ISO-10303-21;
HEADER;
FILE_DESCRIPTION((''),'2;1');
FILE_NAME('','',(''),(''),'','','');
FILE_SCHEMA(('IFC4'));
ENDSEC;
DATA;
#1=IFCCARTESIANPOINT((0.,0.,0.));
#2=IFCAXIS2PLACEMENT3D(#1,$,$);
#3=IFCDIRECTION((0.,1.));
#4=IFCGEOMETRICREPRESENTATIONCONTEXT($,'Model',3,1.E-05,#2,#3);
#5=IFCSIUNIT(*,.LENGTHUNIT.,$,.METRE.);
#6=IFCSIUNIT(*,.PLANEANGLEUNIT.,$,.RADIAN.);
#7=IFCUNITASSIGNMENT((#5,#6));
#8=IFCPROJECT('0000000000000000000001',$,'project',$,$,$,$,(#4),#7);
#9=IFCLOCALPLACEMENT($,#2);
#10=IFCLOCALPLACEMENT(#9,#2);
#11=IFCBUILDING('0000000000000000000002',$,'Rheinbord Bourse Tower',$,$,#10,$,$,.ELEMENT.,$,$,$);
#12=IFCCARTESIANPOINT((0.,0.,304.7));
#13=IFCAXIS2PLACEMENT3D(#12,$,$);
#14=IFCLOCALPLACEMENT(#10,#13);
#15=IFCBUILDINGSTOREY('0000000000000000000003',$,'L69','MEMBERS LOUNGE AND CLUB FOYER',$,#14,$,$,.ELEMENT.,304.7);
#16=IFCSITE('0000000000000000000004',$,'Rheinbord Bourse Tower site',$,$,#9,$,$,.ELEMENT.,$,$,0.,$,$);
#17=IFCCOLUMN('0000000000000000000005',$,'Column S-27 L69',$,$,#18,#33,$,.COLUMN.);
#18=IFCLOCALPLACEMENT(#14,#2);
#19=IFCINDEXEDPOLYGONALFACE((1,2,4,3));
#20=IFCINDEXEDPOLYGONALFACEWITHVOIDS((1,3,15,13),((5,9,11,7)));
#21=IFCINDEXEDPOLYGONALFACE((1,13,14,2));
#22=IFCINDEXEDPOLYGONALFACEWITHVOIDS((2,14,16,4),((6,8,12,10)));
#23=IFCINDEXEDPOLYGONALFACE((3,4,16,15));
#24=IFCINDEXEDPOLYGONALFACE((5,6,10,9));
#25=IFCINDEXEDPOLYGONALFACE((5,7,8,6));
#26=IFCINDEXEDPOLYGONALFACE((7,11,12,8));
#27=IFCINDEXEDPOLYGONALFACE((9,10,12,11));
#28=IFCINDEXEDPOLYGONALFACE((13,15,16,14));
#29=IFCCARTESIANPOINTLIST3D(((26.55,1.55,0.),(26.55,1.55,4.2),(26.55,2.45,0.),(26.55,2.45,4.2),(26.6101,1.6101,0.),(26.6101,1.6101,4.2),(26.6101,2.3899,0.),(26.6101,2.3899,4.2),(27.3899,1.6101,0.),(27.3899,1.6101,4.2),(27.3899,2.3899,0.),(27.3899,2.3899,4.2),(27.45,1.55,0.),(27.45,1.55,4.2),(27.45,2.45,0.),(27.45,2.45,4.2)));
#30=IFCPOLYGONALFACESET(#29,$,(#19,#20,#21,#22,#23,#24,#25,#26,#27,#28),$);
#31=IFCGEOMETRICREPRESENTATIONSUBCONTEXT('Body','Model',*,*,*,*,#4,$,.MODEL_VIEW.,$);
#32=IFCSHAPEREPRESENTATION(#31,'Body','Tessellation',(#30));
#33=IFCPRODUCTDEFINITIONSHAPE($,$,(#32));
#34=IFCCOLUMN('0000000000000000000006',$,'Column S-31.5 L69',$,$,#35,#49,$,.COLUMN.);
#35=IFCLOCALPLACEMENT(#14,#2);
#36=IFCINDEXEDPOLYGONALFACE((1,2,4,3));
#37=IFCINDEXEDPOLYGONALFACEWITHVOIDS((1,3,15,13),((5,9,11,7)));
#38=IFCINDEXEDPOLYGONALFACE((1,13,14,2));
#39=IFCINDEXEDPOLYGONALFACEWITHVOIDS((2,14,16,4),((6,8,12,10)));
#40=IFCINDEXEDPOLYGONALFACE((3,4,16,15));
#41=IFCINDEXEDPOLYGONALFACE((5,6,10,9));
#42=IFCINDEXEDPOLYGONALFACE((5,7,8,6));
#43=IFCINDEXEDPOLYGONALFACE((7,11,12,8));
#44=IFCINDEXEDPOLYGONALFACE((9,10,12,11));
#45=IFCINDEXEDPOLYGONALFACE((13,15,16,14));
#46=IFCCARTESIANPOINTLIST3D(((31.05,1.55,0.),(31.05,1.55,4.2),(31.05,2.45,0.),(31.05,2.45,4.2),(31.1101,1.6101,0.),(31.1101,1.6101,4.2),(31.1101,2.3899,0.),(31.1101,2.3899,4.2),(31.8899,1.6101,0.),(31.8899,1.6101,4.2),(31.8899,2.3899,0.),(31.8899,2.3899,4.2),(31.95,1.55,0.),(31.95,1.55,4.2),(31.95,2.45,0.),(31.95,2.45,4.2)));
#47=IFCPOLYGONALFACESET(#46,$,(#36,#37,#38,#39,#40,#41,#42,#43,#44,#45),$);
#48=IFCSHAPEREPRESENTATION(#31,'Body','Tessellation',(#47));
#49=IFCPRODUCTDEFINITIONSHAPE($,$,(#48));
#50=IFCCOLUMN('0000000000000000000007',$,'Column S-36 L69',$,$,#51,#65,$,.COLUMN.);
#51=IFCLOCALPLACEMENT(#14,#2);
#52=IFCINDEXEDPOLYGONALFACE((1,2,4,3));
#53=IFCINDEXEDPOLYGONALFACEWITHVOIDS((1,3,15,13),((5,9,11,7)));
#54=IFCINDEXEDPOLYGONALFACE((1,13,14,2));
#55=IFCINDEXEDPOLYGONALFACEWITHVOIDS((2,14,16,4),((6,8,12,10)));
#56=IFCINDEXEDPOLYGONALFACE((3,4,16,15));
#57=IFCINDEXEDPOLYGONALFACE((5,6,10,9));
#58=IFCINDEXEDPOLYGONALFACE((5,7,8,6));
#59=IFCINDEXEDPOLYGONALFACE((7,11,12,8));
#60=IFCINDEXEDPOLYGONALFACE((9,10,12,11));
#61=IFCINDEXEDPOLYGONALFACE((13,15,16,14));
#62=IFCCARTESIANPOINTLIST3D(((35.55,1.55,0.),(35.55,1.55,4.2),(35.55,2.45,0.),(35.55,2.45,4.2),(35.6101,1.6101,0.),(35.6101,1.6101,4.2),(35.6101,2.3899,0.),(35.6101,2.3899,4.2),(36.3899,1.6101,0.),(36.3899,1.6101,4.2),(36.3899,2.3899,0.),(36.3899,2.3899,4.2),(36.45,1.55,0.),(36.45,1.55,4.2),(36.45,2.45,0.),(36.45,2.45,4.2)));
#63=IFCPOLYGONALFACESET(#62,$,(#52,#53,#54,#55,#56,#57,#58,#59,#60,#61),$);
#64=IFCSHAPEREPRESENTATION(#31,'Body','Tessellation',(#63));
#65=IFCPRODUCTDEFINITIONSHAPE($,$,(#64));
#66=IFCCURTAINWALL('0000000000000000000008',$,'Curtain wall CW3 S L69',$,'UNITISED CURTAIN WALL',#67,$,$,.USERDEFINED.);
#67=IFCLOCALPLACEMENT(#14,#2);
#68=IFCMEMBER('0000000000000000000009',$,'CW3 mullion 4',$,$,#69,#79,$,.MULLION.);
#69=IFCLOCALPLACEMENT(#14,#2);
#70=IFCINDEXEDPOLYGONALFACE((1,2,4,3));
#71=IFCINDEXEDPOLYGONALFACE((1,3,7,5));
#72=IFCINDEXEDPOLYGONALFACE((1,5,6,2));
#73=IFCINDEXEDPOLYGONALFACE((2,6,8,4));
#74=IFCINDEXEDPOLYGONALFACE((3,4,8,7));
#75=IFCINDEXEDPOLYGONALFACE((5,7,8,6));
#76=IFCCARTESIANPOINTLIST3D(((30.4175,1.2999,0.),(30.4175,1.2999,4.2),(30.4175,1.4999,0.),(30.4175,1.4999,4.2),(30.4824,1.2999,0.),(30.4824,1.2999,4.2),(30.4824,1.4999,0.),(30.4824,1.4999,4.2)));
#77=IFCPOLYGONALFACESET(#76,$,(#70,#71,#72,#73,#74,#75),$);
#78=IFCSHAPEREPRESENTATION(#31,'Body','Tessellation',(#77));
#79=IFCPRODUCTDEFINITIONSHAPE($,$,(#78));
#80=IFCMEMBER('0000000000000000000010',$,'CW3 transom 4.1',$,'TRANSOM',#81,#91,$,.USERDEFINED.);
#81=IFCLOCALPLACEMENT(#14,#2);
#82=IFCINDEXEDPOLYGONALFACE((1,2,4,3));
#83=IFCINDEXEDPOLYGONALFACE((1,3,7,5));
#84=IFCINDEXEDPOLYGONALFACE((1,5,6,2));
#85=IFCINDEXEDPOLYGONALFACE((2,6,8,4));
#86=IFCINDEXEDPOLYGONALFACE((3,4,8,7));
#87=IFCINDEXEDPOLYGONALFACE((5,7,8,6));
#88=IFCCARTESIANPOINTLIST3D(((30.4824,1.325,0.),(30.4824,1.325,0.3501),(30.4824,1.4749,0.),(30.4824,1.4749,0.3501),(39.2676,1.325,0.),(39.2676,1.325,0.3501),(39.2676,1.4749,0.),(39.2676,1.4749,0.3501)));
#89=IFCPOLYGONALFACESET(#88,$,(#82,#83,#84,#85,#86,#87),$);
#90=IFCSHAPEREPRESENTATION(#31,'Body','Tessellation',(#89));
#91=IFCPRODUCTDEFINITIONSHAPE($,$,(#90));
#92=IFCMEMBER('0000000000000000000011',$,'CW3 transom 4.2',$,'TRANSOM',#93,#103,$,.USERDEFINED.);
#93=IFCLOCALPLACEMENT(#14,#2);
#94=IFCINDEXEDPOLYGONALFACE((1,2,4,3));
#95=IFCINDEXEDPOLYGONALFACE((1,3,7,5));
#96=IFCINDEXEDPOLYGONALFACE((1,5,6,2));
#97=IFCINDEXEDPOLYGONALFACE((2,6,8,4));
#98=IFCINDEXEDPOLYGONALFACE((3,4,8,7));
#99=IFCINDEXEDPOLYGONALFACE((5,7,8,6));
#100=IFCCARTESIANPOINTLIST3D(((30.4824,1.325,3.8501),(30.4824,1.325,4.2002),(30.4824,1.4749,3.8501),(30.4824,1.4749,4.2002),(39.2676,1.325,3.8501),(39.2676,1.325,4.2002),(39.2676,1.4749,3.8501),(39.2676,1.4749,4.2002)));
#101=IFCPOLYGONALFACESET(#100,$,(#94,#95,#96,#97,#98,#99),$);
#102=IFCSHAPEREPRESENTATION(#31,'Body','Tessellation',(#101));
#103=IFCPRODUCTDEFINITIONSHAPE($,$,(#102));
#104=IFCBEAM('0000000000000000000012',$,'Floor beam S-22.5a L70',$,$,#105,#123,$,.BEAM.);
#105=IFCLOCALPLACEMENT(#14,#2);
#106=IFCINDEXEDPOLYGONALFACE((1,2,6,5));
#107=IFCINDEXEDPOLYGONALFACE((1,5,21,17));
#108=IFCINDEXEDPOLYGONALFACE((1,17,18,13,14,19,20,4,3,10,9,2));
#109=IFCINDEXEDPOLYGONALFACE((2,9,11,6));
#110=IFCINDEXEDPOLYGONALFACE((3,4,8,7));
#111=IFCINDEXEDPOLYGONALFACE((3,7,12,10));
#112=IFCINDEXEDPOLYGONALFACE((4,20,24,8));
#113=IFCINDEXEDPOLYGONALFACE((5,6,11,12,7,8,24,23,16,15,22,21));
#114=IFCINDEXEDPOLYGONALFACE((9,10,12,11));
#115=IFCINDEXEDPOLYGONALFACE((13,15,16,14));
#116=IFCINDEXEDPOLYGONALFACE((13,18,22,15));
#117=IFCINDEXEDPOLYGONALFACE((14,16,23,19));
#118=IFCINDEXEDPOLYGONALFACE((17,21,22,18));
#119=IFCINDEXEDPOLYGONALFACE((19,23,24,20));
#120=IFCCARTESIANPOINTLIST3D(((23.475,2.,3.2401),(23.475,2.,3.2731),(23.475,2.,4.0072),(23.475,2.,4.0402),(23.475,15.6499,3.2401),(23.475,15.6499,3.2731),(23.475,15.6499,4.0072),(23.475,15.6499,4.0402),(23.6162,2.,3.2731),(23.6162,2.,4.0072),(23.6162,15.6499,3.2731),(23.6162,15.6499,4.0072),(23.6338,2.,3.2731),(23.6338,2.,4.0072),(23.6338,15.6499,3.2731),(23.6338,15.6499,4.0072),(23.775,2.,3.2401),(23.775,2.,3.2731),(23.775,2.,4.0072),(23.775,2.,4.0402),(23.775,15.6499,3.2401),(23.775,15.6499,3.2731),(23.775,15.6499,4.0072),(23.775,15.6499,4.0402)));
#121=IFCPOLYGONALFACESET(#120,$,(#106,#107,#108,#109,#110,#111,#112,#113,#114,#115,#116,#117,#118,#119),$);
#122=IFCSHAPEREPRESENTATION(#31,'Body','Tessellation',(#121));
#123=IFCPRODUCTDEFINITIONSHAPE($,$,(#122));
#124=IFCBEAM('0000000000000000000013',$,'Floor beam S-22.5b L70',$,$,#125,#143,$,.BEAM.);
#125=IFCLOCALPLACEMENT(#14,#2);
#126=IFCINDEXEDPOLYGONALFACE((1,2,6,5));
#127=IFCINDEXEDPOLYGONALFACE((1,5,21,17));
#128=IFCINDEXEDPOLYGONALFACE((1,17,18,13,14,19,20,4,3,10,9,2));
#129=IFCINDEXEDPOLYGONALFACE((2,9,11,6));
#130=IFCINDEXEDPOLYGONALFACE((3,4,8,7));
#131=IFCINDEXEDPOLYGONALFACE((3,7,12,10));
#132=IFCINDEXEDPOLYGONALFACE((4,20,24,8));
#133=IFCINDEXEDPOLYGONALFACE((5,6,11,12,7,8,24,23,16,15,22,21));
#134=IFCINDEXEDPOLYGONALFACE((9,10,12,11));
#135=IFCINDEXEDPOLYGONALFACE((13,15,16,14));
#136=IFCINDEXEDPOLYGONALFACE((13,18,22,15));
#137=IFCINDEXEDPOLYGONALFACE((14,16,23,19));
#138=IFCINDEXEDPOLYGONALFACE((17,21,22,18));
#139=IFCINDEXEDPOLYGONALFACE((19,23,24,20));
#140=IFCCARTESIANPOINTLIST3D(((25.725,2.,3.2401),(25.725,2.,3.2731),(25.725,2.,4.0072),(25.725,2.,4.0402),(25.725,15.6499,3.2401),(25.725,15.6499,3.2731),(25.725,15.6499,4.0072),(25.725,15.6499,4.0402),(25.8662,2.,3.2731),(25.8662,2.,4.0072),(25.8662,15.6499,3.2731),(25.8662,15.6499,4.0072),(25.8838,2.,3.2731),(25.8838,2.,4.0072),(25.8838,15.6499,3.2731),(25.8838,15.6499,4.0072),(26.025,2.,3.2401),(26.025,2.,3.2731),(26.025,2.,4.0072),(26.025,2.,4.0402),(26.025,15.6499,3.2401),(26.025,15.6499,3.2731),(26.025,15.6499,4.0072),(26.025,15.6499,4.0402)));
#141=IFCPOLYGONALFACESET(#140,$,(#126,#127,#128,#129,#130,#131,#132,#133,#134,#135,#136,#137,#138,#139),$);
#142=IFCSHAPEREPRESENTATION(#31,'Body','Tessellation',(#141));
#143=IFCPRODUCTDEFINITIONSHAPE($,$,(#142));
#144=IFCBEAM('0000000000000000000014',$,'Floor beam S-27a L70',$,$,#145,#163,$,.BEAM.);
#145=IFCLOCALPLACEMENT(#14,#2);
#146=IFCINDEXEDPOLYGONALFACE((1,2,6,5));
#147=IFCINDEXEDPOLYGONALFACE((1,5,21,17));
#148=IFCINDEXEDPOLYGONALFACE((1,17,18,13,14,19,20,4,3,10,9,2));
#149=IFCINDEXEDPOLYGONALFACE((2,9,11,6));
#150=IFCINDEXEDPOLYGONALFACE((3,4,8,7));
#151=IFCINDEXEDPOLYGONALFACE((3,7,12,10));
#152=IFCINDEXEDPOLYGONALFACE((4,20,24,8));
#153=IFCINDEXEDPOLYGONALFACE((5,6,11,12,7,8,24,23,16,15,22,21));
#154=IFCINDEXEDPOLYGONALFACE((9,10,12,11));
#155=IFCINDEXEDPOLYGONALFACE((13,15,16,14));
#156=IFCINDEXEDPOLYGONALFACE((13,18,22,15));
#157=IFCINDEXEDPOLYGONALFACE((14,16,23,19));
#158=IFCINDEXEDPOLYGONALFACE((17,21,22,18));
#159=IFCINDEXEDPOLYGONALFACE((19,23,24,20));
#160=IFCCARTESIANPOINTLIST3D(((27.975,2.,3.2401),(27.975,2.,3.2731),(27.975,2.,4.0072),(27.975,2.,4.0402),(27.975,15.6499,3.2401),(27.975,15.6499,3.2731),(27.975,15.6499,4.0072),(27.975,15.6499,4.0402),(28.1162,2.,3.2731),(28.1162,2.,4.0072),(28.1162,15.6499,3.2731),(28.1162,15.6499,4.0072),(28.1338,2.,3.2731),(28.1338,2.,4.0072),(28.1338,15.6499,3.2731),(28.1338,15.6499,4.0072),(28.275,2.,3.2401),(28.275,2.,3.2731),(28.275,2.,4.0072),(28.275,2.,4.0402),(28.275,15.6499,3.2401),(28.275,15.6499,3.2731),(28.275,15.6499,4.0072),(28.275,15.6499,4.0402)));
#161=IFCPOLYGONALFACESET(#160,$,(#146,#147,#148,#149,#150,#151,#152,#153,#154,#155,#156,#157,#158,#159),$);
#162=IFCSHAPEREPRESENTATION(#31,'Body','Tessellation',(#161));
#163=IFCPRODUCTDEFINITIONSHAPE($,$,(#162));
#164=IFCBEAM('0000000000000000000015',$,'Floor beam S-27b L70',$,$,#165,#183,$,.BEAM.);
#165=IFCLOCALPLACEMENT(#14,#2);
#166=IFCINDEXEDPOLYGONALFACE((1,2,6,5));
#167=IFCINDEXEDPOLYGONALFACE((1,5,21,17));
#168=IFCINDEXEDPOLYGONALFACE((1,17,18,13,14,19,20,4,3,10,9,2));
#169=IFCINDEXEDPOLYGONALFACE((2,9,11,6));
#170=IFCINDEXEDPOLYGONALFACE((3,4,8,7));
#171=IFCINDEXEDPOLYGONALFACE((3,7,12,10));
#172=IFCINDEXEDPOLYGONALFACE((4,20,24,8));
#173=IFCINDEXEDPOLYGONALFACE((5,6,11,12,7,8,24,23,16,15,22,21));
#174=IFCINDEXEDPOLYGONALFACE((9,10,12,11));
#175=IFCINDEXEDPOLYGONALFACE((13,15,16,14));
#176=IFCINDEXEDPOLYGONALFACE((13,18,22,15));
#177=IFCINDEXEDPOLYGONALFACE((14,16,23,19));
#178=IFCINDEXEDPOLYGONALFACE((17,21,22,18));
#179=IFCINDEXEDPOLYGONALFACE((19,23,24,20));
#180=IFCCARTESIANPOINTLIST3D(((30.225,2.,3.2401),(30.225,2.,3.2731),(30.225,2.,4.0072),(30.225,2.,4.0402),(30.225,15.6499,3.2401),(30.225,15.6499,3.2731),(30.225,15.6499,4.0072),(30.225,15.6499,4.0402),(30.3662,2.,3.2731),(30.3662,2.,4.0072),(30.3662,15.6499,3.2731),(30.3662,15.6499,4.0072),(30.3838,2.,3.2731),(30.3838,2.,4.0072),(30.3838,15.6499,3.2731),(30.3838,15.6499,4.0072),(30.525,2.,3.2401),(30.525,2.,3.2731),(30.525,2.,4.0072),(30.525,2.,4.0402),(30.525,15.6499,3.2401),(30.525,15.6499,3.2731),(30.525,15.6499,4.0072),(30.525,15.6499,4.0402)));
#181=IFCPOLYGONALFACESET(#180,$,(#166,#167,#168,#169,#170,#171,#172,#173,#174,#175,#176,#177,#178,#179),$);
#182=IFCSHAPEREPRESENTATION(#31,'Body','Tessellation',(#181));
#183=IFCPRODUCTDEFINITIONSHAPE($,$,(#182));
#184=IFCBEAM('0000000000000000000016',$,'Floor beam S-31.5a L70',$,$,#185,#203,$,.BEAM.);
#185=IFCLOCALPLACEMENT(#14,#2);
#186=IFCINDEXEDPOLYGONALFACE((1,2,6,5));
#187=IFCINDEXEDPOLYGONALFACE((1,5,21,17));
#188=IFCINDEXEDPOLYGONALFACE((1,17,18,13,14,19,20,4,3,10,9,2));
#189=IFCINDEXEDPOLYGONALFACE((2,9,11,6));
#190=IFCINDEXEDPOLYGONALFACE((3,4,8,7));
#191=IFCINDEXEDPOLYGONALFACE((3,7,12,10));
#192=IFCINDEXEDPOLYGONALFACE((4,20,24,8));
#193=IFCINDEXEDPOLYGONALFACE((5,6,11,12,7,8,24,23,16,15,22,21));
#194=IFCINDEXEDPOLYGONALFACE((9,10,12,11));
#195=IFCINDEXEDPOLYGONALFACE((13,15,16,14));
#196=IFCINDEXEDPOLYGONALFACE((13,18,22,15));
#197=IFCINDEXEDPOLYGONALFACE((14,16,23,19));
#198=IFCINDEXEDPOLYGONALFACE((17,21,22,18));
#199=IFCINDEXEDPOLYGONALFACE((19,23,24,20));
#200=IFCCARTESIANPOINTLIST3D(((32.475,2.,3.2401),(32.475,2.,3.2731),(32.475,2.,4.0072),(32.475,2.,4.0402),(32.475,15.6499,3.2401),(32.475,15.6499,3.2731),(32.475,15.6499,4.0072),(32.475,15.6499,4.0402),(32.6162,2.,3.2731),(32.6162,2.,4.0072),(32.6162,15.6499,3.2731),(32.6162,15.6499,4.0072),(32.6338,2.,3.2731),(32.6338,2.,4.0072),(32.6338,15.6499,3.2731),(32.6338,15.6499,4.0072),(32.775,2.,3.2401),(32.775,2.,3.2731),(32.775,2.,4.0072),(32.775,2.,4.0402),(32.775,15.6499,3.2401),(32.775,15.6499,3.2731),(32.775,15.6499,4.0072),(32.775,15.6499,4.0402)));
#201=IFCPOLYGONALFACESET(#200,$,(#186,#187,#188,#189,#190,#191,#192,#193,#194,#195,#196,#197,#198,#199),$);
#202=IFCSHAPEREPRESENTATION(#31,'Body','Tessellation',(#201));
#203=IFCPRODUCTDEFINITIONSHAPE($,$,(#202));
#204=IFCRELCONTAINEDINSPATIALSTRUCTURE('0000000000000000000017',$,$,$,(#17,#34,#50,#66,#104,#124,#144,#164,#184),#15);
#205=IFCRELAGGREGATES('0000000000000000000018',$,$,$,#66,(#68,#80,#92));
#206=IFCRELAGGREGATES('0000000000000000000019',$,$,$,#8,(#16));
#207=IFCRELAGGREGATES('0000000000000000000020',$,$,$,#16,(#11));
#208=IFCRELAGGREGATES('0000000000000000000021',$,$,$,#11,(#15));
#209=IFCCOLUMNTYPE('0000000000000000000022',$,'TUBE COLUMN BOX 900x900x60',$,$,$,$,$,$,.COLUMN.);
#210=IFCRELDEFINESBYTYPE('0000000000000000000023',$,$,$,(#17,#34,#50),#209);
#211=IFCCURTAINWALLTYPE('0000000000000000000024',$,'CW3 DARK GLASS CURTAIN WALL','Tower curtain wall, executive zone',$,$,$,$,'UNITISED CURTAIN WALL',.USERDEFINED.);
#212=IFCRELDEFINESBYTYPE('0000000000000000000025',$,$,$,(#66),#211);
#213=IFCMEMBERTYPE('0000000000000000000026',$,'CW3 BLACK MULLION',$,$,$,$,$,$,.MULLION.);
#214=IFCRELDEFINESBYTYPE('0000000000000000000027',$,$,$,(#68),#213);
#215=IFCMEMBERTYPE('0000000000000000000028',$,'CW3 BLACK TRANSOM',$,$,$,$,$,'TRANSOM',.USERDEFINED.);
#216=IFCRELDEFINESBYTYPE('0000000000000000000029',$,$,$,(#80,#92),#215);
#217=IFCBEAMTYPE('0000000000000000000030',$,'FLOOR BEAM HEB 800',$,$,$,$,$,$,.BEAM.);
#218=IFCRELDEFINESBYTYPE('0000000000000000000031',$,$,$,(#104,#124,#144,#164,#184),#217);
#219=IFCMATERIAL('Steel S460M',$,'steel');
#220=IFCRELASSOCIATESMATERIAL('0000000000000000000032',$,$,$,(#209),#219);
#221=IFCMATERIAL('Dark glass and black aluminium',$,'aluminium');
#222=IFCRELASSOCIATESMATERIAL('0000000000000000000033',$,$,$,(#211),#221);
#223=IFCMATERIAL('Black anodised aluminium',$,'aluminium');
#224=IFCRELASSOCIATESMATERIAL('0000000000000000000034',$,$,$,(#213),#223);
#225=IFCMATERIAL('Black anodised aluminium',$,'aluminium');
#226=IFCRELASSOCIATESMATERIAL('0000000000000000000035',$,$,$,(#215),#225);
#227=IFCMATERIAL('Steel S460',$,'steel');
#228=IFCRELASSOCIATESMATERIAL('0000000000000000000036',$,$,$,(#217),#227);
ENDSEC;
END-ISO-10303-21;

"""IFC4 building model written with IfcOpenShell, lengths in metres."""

from ifc_helpers import new_model, si_unit, direction, frame, origin, origin_2d, place, context, subcontext, project, spatial, rectangle, hollow_rectangle, i_section, extrude, material, material_profile, profile_set, type_object, element, aggregate, save


model = new_model("IFC4")

# Units and contexts
model_context = context("Model", 3, precision=1e-05, world=origin(), true_north=direction((0.0, 1.0)))
body_context = subcontext(model_context, "Body", "Model", "MODEL_VIEW")
ifc_project = project(units=[si_unit("LENGTHUNIT", "METRE"), si_unit("PLANEANGLEUNIT", "RADIAN")], contexts=[model_context])

# Site, building, storey
site_placement = place(None, origin())
site = spatial("IfcSite", under=ifc_project, at=site_placement, Name="Rheinbord Bourse Tower site", CompositionType="ELEMENT", RefElevation=0.0)
building_placement = place(site_placement, origin())
building = spatial("IfcBuilding", under=site, at=building_placement, Name="Rheinbord Bourse Tower", CompositionType="ELEMENT")
storey_placement = place(building_placement, frame((0.0, 0.0, 304.7)))
storey = spatial("IfcBuildingStorey", under=building, at=storey_placement, Name="L69", Description="MEMBERS LOUNGE AND CLUB FOYER", CompositionType="ELEMENT", Elevation=304.7)

# Columns
ifc_material_1 = material(Name="Steel S460M", Category="steel")
ifc_material_profile_1 = material_profile(ifc_material_1, hollow_rectangle(XDim=0.8999, YDim=0.8999, WallThickness=0.0601, at=origin_2d()), Name="BOX 900x900x60")
ifc_profile_set_1 = profile_set([ifc_material_profile_1], Name="Steel S460M")
column_type = type_object("IfcColumnType", Name="TUBE COLUMN BOX 900x900x60", PredefinedType="COLUMN", material=ifc_profile_set_1)
for number, where, z_axis, x_axis, name in (
    (1, (27.0, 2.0, 0.0), (0.0, 0.0, 1.0), (0.0, 1.0, 0.0), "Column S-27 L69"),
    (2, (31.5, 2.0, 0.0), (0.0, 0.0, 1.0), (0.0, 1.0, 0.0), "Column S-31.5 L69"),
    (3, (36.0, 2.0, 0.0), (0.0, 0.0, 1.0), (0.0, 1.0, 0.0), "Column S-36 L69"),
):
    element("IfcColumn", number, at=place(storey_placement, frame(where, z_axis=z_axis, x_axis=x_axis)), inside=storey, type_object=column_type, Name=name, PredefinedType="COLUMN", context=body_context, shape_type="SweptSolid", body=[
        extrude(hollow_rectangle(XDim=0.8999, YDim=0.8999, WallThickness=0.0601, at=origin_2d()), origin(), (0.0, 0.0, 1.0), 4.2),
    ])

# Curtain wall, members
ifc_material_2 = material(Name="Dark glass and black aluminium", Category="aluminium")
curtain_wall_type = type_object("IfcCurtainWallType", Name="CW3 DARK GLASS CURTAIN WALL", Description="Tower curtain wall, executive zone", ElementType="UNITISED CURTAIN WALL", PredefinedType="USERDEFINED", material=ifc_material_2)
curtain_wall_placement = place(storey_placement, origin())
curtain_wall = element("IfcCurtainWall", 4, at=curtain_wall_placement, inside=storey, type_object=curtain_wall_type, Name="Curtain wall CW3 S L69", ObjectType="UNITISED CURTAIN WALL", PredefinedType="USERDEFINED")
ifc_material_3 = material(Name="Black anodised aluminium", Category="aluminium")
ifc_material_profile_2 = material_profile(ifc_material_3, rectangle(XDim=0.2, YDim=0.0649, at=origin_2d()), Name="CW3 MULLION 65x200")
ifc_profile_set_2 = profile_set([ifc_material_profile_2], Name="Black anodised aluminium")
member_type_1 = type_object("IfcMemberType", Name="CW3 BLACK MULLION", PredefinedType="MULLION", material=ifc_profile_set_2)
member_1_placement = place(storey_placement, frame((30.45, 1.3999, 0.0), z_axis=(0.0, 0.0, 1.0), x_axis=(0.0, 1.0, 0.0)))
member_1 = element("IfcMember", 5, at=member_1_placement, type_object=member_type_1, Name="CW3 mullion 4", PredefinedType="MULLION", context=body_context, shape_type="SweptSolid", body=[
    extrude(rectangle(XDim=0.2, YDim=0.0649, at=origin_2d()), origin(), (0.0, 0.0, 1.0), 4.2),
])
ifc_material_4 = material(Name="Black anodised aluminium", Category="aluminium")
ifc_material_profile_3 = material_profile(ifc_material_4, rectangle(XDim=0.1499, YDim=0.3501, at=origin_2d()), Name="CW3 TRANSOM 350x150")
ifc_profile_set_3 = profile_set([ifc_material_profile_3], Name="Black anodised aluminium")
member_type_2 = type_object("IfcMemberType", Name="CW3 BLACK TRANSOM", ElementType="TRANSOM", PredefinedType="USERDEFINED", material=ifc_profile_set_3)
member_2_placement = place(storey_placement, frame((30.4824, 1.3999, 0.175), z_axis=(1.0, 0.0, 0.0), x_axis=(0.0, 1.0, 0.0)))
member_2 = element("IfcMember", 6, at=member_2_placement, type_object=member_type_2, Name="CW3 transom 4.1", ObjectType="TRANSOM", PredefinedType="USERDEFINED", context=body_context, shape_type="SweptSolid", body=[
    extrude(rectangle(XDim=0.1499, YDim=0.3501, at=origin_2d()), origin(), (0.0, 0.0, 1.0), 8.7852),
])
member_3_placement = place(storey_placement, frame((30.4824, 1.3999, 4.0251), z_axis=(1.0, 0.0, 0.0), x_axis=(0.0, 1.0, 0.0)))
member_3 = element("IfcMember", 7, at=member_3_placement, type_object=member_type_2, Name="CW3 transom 4.2", ObjectType="TRANSOM", PredefinedType="USERDEFINED", context=body_context, shape_type="SweptSolid", body=[
    extrude(rectangle(XDim=0.1499, YDim=0.3501, at=origin_2d()), origin(), (0.0, 0.0, 1.0), 8.7852),
])

# Beams
ifc_material_5 = material(Name="Steel S460", Category="steel")
ifc_material_profile_4 = material_profile(ifc_material_5, i_section(OverallWidth=0.3, OverallDepth=0.8, WebThickness=0.0176, FlangeThickness=0.033, at=origin_2d()), Name="HEB 800")
ifc_profile_set_4 = profile_set([ifc_material_profile_4], Name="Steel S460")
beam_type_1 = type_object("IfcBeamType", Name="FLOOR BEAM HEB 800", PredefinedType="BEAM", material=ifc_profile_set_4)
for number, where, z_axis, x_axis, name in (
    (8, (23.625, 2.0, 3.6401), (0.0, 1.0, 0.0), (-1.0, 0.0, 0.0), "Floor beam S-22.5a L70"),
    (9, (25.875, 2.0, 3.6401), (0.0, 1.0, 0.0), (-1.0, 0.0, 0.0), "Floor beam S-22.5b L70"),
    (10, (28.125, 2.0, 3.6401), (0.0, 1.0, 0.0), (-1.0, 0.0, 0.0), "Floor beam S-27a L70"),
    (11, (30.375, 2.0, 3.6401), (0.0, 1.0, 0.0), (-1.0, 0.0, 0.0), "Floor beam S-27b L70"),
    (12, (32.625, 2.0, 3.6401), (0.0, 1.0, 0.0), (-1.0, 0.0, 0.0), "Floor beam S-31.5a L70"),
):
    element("IfcBeam", number, at=place(storey_placement, frame(where, z_axis=z_axis, x_axis=x_axis)), inside=storey, type_object=beam_type_1, Name=name, PredefinedType="BEAM", context=body_context, shape_type="SweptSolid", body=[
        extrude(i_section(OverallWidth=0.3, OverallDepth=0.8, WebThickness=0.0176, FlangeThickness=0.033, at=origin_2d()), origin(), (0.0, 0.0, 1.0), 13.6499),
    ])

aggregate(curtain_wall, [member_1, member_2, member_3])

save(model, "model.ifc")
